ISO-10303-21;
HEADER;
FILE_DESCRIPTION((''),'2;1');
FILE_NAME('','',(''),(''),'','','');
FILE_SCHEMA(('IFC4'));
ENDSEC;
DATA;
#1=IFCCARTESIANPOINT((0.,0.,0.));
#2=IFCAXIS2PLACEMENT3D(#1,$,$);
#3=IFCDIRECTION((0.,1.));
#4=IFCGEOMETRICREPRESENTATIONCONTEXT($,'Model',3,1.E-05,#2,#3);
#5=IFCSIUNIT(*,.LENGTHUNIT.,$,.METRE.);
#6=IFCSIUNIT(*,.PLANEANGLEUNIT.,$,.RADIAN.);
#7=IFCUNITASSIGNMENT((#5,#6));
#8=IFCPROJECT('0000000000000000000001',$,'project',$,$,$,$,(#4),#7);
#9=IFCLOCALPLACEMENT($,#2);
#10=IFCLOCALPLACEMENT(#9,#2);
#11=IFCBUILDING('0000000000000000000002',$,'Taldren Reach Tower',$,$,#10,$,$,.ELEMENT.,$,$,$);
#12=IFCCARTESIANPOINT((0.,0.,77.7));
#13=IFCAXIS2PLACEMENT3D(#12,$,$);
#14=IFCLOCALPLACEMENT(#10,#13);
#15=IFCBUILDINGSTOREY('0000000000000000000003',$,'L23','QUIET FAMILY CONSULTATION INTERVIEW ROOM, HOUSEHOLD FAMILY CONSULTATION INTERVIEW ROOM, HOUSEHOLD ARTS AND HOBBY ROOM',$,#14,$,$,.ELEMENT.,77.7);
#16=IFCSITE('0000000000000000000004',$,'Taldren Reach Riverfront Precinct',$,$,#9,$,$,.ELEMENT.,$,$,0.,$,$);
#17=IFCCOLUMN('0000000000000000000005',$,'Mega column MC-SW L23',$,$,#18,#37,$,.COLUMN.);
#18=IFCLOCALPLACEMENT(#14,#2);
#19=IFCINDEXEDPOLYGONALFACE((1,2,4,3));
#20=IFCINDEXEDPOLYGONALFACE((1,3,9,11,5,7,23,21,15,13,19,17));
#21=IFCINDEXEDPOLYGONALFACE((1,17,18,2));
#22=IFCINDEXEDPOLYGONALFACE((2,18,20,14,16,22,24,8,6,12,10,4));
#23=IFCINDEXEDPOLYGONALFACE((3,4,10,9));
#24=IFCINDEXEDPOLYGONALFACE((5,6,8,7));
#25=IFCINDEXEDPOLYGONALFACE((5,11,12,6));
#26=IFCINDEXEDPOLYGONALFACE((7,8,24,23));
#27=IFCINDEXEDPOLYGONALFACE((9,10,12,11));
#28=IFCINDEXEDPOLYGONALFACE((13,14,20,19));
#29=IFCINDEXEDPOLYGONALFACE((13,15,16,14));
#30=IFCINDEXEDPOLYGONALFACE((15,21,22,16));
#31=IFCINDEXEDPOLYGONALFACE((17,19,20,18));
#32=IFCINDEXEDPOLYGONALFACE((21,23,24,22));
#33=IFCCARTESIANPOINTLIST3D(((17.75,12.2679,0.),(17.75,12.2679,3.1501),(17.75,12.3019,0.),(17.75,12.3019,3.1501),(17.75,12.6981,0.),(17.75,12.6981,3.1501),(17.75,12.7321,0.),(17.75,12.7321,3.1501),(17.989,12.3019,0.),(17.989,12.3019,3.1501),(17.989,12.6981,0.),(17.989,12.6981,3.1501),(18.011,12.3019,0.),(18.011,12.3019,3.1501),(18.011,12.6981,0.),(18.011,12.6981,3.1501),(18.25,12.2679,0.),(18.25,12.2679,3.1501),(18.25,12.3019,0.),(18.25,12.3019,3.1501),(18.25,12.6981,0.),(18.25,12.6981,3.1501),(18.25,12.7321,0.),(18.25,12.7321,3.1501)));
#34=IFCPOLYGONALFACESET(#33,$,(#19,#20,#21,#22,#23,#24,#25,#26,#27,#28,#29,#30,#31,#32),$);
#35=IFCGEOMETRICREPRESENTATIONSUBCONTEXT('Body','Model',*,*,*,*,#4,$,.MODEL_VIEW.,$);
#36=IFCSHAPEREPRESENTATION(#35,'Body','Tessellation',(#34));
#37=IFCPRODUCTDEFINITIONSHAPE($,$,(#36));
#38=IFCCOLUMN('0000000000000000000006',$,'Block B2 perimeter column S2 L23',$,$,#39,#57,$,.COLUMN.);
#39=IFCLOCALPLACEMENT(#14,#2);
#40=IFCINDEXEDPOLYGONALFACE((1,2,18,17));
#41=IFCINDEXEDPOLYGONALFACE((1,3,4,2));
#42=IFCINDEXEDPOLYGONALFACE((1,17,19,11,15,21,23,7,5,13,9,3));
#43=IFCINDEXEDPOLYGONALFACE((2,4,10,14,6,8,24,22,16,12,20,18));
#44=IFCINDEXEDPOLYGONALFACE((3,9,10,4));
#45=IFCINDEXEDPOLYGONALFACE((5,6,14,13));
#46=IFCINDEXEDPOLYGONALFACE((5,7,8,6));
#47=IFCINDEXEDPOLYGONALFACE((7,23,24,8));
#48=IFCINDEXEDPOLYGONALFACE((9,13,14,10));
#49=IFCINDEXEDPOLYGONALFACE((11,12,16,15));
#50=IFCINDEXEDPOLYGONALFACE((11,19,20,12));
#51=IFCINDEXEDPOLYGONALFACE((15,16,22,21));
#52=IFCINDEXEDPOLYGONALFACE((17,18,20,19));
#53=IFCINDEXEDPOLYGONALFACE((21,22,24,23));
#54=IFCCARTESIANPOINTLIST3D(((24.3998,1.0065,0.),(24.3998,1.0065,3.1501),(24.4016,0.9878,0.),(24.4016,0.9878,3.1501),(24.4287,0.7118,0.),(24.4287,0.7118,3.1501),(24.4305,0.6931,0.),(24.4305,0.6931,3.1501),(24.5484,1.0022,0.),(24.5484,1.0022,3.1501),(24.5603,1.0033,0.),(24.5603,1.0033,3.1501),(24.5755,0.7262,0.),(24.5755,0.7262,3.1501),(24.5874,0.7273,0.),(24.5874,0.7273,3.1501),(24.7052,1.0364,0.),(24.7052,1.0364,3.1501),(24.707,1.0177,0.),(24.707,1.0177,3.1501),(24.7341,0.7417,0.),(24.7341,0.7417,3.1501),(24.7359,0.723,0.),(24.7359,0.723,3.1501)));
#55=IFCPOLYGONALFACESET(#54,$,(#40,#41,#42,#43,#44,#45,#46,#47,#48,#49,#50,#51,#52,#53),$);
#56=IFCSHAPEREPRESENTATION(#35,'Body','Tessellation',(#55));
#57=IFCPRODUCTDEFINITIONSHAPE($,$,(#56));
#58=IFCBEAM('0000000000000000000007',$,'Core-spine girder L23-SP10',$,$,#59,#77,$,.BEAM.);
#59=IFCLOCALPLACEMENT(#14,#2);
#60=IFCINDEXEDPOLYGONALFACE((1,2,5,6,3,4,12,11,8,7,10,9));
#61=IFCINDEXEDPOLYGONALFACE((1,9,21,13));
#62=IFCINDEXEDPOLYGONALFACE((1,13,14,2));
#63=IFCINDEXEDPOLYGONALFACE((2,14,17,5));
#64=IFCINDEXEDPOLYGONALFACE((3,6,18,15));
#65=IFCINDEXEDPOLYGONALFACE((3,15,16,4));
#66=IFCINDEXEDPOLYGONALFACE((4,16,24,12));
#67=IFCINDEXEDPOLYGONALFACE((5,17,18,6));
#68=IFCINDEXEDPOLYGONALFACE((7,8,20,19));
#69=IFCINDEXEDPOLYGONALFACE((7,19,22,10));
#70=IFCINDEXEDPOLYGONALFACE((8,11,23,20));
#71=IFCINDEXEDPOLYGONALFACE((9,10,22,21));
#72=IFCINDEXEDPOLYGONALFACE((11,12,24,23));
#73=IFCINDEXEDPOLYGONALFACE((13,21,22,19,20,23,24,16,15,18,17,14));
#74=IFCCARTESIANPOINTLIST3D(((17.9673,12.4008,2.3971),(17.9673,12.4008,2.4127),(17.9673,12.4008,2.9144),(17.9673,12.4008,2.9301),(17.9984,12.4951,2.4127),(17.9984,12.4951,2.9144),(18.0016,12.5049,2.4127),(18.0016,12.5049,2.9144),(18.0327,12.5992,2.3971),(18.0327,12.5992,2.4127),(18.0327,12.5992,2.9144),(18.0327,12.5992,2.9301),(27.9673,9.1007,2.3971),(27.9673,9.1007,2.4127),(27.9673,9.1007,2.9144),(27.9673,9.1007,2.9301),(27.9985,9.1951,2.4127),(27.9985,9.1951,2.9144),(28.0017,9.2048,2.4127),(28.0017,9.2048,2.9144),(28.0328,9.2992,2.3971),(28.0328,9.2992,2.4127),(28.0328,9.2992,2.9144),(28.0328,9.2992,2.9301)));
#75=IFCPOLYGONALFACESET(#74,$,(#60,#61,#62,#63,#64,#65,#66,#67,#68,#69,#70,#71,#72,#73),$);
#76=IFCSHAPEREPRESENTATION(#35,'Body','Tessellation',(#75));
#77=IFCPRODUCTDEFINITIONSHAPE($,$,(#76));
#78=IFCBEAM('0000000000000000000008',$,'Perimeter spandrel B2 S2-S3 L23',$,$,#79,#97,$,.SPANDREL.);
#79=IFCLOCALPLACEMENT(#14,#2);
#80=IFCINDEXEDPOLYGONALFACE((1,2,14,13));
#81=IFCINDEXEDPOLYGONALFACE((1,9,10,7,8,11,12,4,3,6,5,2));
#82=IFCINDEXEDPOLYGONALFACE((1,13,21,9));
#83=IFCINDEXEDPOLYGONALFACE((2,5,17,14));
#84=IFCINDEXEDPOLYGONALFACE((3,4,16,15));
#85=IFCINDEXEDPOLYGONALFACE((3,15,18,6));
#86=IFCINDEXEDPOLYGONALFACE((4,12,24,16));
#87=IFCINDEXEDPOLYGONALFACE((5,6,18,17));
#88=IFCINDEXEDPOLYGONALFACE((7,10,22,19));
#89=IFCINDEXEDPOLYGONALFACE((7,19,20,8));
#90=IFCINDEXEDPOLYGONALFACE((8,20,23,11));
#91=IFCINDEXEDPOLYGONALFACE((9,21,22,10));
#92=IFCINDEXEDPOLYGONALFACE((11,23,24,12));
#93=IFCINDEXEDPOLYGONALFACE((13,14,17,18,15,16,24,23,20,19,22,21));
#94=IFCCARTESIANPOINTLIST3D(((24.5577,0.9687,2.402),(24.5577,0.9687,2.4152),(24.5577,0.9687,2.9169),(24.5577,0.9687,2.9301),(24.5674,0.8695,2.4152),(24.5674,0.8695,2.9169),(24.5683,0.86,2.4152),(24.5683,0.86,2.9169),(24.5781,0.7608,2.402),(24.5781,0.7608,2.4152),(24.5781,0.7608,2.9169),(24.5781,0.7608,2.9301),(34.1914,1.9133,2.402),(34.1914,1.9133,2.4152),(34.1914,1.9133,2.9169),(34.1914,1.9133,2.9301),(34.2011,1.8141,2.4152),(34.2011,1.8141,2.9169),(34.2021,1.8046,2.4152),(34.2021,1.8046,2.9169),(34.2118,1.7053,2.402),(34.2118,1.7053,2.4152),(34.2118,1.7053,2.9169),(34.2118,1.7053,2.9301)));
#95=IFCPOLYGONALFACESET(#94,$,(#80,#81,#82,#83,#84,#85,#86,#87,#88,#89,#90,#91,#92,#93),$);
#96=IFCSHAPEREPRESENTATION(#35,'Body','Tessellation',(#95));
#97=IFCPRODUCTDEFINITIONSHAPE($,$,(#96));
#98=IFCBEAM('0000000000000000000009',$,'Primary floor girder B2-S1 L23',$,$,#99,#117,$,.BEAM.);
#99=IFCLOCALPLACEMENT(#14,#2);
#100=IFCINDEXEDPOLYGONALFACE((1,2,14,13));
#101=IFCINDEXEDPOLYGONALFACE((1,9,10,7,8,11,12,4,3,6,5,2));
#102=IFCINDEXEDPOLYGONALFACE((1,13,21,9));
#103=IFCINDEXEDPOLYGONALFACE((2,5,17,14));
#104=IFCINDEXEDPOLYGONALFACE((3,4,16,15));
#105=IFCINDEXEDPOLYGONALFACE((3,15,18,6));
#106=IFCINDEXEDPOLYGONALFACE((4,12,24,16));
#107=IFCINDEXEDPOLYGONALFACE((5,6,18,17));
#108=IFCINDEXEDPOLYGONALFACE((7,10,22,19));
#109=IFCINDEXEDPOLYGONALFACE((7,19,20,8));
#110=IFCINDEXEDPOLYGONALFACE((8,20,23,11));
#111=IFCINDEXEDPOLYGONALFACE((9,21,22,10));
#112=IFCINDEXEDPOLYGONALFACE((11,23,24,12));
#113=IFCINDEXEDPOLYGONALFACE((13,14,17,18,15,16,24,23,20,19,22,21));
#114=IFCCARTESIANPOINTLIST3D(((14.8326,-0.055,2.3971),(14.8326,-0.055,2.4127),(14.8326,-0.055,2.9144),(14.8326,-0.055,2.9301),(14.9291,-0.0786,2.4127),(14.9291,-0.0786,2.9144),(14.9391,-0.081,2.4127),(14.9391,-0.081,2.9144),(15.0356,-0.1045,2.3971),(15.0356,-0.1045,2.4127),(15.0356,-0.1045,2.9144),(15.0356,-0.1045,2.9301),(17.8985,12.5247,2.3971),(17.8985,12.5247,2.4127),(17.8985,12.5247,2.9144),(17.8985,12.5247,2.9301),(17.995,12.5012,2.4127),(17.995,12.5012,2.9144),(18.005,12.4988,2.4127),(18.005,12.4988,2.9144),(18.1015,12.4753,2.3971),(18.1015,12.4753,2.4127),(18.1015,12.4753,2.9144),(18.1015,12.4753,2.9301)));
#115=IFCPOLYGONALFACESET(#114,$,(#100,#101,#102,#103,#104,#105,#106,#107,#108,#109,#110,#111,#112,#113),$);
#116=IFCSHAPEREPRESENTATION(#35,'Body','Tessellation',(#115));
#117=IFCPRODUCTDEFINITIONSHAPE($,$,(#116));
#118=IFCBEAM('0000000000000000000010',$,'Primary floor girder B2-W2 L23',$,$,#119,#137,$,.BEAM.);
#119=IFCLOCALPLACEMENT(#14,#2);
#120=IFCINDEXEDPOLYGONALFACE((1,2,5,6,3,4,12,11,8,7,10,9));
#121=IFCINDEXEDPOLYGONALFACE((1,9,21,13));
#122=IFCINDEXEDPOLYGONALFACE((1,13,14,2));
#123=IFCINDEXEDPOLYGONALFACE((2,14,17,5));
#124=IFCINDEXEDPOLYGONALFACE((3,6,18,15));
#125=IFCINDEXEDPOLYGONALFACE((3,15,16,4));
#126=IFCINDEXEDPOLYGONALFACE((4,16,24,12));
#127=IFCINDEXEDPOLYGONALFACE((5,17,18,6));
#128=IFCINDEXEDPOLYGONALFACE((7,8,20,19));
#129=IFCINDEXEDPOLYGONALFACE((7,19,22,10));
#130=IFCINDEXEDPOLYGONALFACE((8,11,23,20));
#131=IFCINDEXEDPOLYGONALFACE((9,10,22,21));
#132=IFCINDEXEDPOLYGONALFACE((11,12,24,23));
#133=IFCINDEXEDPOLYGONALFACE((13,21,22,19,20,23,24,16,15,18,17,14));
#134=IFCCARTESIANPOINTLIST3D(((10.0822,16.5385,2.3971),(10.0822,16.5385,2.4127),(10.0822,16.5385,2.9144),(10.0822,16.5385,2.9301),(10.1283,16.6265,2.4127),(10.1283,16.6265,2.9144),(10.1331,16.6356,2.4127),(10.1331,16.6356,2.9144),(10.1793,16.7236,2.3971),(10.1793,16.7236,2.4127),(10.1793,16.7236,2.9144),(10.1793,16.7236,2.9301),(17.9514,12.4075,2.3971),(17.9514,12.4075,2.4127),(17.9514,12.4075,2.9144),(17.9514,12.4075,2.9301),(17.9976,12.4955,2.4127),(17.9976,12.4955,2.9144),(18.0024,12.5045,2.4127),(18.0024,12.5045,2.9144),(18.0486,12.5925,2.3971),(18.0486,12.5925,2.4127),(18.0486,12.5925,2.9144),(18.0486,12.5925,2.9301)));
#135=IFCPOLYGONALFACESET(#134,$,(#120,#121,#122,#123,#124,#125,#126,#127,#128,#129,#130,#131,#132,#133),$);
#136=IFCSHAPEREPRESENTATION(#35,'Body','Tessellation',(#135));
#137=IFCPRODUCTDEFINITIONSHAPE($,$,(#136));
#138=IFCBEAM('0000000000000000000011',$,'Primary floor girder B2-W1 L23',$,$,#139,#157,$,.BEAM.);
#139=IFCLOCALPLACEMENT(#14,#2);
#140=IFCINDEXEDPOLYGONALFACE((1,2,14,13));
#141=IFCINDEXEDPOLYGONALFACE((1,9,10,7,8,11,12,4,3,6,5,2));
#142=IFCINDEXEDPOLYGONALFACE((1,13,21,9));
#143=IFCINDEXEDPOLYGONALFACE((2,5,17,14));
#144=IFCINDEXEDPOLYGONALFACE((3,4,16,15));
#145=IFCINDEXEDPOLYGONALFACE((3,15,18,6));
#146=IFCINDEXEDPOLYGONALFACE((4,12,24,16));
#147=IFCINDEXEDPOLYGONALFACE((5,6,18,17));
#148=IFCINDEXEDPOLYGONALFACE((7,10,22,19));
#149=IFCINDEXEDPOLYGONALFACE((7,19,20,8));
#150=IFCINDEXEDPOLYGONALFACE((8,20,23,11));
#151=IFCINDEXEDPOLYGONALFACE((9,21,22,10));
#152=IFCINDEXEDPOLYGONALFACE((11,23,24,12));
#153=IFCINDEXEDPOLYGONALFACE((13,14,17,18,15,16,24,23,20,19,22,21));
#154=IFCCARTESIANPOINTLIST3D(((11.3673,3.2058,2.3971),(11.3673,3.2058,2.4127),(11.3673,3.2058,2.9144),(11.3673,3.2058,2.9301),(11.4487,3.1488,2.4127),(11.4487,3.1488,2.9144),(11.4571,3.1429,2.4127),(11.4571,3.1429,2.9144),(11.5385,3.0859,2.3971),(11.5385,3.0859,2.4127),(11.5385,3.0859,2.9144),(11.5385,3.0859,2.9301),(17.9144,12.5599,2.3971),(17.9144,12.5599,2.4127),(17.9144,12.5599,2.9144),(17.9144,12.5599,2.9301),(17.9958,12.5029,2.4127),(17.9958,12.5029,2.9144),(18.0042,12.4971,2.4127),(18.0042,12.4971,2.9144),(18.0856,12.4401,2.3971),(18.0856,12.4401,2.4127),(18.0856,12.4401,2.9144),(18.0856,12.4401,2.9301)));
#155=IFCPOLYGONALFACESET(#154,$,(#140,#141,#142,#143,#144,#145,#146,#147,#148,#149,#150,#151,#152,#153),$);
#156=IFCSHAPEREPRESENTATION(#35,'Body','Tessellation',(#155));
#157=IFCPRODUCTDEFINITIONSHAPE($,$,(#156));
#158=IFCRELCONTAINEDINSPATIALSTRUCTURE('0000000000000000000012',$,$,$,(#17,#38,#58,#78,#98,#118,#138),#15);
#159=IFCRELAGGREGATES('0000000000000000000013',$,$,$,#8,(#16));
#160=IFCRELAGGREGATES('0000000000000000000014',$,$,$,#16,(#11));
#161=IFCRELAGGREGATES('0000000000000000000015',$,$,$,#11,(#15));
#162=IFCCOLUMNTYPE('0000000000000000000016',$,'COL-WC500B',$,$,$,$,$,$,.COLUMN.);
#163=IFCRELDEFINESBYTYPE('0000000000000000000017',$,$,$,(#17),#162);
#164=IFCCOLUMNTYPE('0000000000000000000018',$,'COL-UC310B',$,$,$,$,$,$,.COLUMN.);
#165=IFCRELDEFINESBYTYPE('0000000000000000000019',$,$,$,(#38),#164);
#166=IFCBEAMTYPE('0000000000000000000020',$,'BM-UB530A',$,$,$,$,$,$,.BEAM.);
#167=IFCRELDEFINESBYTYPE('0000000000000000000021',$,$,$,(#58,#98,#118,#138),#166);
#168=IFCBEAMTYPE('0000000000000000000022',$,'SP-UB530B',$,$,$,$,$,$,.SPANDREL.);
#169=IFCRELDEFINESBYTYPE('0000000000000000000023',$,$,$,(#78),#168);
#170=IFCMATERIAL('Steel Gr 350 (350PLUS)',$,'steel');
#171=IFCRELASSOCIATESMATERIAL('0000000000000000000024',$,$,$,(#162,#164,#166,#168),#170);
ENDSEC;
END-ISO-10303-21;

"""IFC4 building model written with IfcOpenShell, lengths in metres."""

from ifc_helpers import new_model, si_unit, direction, frame, origin, origin_2d, place, context, subcontext, project, spatial, i_section, extrude, source, transform, mapped, material, material_profile, profile_set, type_object, element, save


model = new_model("IFC4")

# Units and contexts
model_context = context("Model", 3, precision=1e-05, world=origin(), true_north=direction((0.0, 1.0)))
body_context = subcontext(model_context, "Body", "Model", "MODEL_VIEW")
ifc_project = project(units=[si_unit("LENGTHUNIT", "METRE"), si_unit("PLANEANGLEUNIT", "RADIAN")], contexts=[model_context])

# Site, building, storey
site_placement = place(None, origin())
site = spatial("IfcSite", under=ifc_project, at=site_placement, Name="Taldren Reach Riverfront Precinct", CompositionType="ELEMENT", RefElevation=0.0)
building_placement = place(site_placement, origin())
building = spatial("IfcBuilding", under=site, at=building_placement, Name="Taldren Reach Tower", CompositionType="ELEMENT")
storey_placement = place(building_placement, frame((0.0, 0.0, 77.7)))
storey = spatial("IfcBuildingStorey", under=building, at=storey_placement, Name="L23", Description="QUIET FAMILY CONSULTATION INTERVIEW ROOM, HOUSEHOLD FAMILY CONSULTATION INTERVIEW ROOM, HOUSEHOLD ARTS AND HOBBY ROOM", CompositionType="ELEMENT", Elevation=77.7)

# Columns
ifc_material_1 = material(Name="Steel Gr 350 (350PLUS)", Category="steel")
ifc_material_profile_1 = material_profile(ifc_material_1, i_section(OverallWidth=0.5, OverallDepth=0.4641, WebThickness=0.022, FlangeThickness=0.0339, at=origin_2d()), Name="500WC340")
ifc_profile_set_1 = profile_set([ifc_material_profile_1], Name="Steel Gr 350 (350PLUS)")
column_type_1 = type_object("IfcColumnType", Name="COL-WC500B", PredefinedType="COLUMN", material=ifc_profile_set_1)
shared_shape_1 = source(origin(), body_context, "Body", "SweptSolid", [
    extrude(i_section(OverallWidth=0.5, OverallDepth=0.4641, WebThickness=0.022, FlangeThickness=0.0339, at=origin_2d()), origin(), (0.0, 0.0, 1.0), 3.1501),
])
column_1_placement = place(storey_placement, frame((18.0, 12.5, 0.0), z_axis=(0.0, 0.0, 1.0), x_axis=(1.0, 0.0, 0.0)))
element("IfcColumn", 1, at=column_1_placement, inside=storey, type_object=column_type_1, Name="Mega column MC-SW L23", PredefinedType="COLUMN", context=body_context, shape_type="MappedRepresentation", body=[
    mapped(shared_shape_1, transform((0.0, 0.0, 0.0), scale=1.0)),
])
ifc_material_profile_2 = material_profile(ifc_material_1, i_section(OverallWidth=0.3069, OverallDepth=0.3149, WebThickness=0.012, FlangeThickness=0.0188, at=origin_2d()), Name="310UC118")
ifc_profile_set_2 = profile_set([ifc_material_profile_2], Name="Steel Gr 350 (350PLUS)")
column_type_2 = type_object("IfcColumnType", Name="COL-UC310B", PredefinedType="COLUMN", material=ifc_profile_set_2)
shared_shape_2 = source(origin(), body_context, "Body", "SweptSolid", [
    extrude(i_section(OverallWidth=0.3069, OverallDepth=0.3149, WebThickness=0.012, FlangeThickness=0.0188, at=origin_2d()), origin(), (0.0, 0.0, 1.0), 3.1501),
])
column_2_placement = place(storey_placement, frame((24.5679, 0.8647, 0.0), z_axis=(0.0, 0.0, 1.0), x_axis=(0.995227, 0.097583, 0.0)))
element("IfcColumn", 2, at=column_2_placement, inside=storey, type_object=column_type_2, Name="Block B2 perimeter column S2 L23", PredefinedType="COLUMN", context=body_context, shape_type="MappedRepresentation", body=[
    mapped(shared_shape_2, transform((0.0, 0.0, 0.0), scale=1.0)),
])

# Beams
ifc_material_profile_3 = material_profile(ifc_material_1, i_section(OverallWidth=0.209, OverallDepth=0.533, WebThickness=0.0103, FlangeThickness=0.0156, at=origin_2d()), Name="530UB92.4")
ifc_profile_set_3 = profile_set([ifc_material_profile_3], Name="Steel Gr 350 (350PLUS)")
beam_type_1 = type_object("IfcBeamType", Name="BM-UB530A", PredefinedType="BEAM", material=ifc_profile_set_3)
shared_shape_3 = source(origin(), body_context, "Body", "SweptSolid", [
    extrude(i_section(OverallWidth=0.209, OverallDepth=0.533, WebThickness=0.0103, FlangeThickness=0.0156, at=origin_2d()), origin(), (0.0, 0.0, 1.0), 10.5305),
])
beam_1_placement = place(storey_placement, frame((18.0, 12.5, 2.6636), z_axis=(0.949627, -0.313382, 0.0), x_axis=(0.313382, 0.949627, 0.0)))
element("IfcBeam", 3, at=beam_1_placement, inside=storey, type_object=beam_type_1, Name="Core-spine girder L23-SP10", PredefinedType="BEAM", context=body_context, shape_type="MappedRepresentation", body=[
    mapped(shared_shape_3, transform((0.0, 0.0, 0.0), scale=1.0)),
])
ifc_material_profile_4 = material_profile(ifc_material_1, i_section(OverallWidth=0.209, OverallDepth=0.5281, WebThickness=0.0095, FlangeThickness=0.0132, at=origin_2d()), Name="530UB82.0")
ifc_profile_set_4 = profile_set([ifc_material_profile_4], Name="Steel Gr 350 (350PLUS)")
beam_type_2 = type_object("IfcBeamType", Name="SP-UB530B", PredefinedType="SPANDREL", material=ifc_profile_set_4)
shared_shape_4 = source(origin(), body_context, "Body", "SweptSolid", [
    extrude(i_section(OverallWidth=0.209, OverallDepth=0.5281, WebThickness=0.0095, FlangeThickness=0.0132, at=origin_2d()), origin(), (0.0, 0.0, 1.0), 9.6799),
])
beam_2_placement = place(storey_placement, frame((24.5679, 0.8647, 2.666), z_axis=(0.995228, 0.097581, 0.0), x_axis=(-0.097581, 0.995228, 0.0)))
element("IfcBeam", 4, at=beam_2_placement, inside=storey, type_object=beam_type_2, Name="Perimeter spandrel B2 S2-S3 L23", PredefinedType="SPANDREL", context=body_context, shape_type="MappedRepresentation", body=[
    mapped(shared_shape_4, transform((0.0, 0.0, 0.0), scale=1.0)),
])
shared_shape_5 = source(origin(), body_context, "Body", "SweptSolid", [
    extrude(i_section(OverallWidth=0.209, OverallDepth=0.533, WebThickness=0.0103, FlangeThickness=0.0156, at=origin_2d()), origin(), (0.0, 0.0, 1.0), 12.948),
])
beam_3_placement = place(storey_placement, frame((18.0, 12.5, 2.6636), z_axis=(-0.236786, -0.971562, 0.0), x_axis=(0.971562, -0.236786, 0.0)))
element("IfcBeam", 5, at=beam_3_placement, inside=storey, type_object=beam_type_1, Name="Primary floor girder B2-S1 L23", PredefinedType="BEAM", context=body_context, shape_type="MappedRepresentation", body=[
    mapped(shared_shape_5, transform((0.0, 0.0, 0.0), scale=1.0)),
])
shared_shape_6 = source(origin(), body_context, "Body", "SweptSolid", [
    extrude(i_section(OverallWidth=0.209, OverallDepth=0.533, WebThickness=0.0103, FlangeThickness=0.0156, at=origin_2d()), origin(), (0.0, 0.0, 1.0), 8.8877),
])
beam_4_placement = place(storey_placement, frame((18.0, 12.5, 2.6636), z_axis=(-0.885413, 0.464805, 0.0), x_axis=(-0.464805, -0.885413, 0.0)))
element("IfcBeam", 6, at=beam_4_placement, inside=storey, type_object=beam_type_1, Name="Primary floor girder B2-W2 L23", PredefinedType="BEAM", context=body_context, shape_type="MappedRepresentation", body=[
    mapped(shared_shape_6, transform((0.0, 0.0, 0.0), scale=1.0)),
])
shared_shape_7 = source(origin(), body_context, "Body", "SweptSolid", [
    extrude(i_section(OverallWidth=0.209, OverallDepth=0.533, WebThickness=0.0103, FlangeThickness=0.0156, at=origin_2d()), origin(), (0.0, 0.0, 1.0), 11.4177),
])
beam_5_placement = place(storey_placement, frame((18.0, 12.5, 2.6636), z_axis=(-0.573412, -0.819267, 0.0), x_axis=(0.819267, -0.573412, 0.0)))
element("IfcBeam", 7, at=beam_5_placement, inside=storey, type_object=beam_type_1, Name="Primary floor girder B2-W1 L23", PredefinedType="BEAM", context=body_context, shape_type="MappedRepresentation", body=[
    mapped(shared_shape_7, transform((0.0, 0.0, 0.0), scale=1.0)),
])

save(model, "model.ifc")
